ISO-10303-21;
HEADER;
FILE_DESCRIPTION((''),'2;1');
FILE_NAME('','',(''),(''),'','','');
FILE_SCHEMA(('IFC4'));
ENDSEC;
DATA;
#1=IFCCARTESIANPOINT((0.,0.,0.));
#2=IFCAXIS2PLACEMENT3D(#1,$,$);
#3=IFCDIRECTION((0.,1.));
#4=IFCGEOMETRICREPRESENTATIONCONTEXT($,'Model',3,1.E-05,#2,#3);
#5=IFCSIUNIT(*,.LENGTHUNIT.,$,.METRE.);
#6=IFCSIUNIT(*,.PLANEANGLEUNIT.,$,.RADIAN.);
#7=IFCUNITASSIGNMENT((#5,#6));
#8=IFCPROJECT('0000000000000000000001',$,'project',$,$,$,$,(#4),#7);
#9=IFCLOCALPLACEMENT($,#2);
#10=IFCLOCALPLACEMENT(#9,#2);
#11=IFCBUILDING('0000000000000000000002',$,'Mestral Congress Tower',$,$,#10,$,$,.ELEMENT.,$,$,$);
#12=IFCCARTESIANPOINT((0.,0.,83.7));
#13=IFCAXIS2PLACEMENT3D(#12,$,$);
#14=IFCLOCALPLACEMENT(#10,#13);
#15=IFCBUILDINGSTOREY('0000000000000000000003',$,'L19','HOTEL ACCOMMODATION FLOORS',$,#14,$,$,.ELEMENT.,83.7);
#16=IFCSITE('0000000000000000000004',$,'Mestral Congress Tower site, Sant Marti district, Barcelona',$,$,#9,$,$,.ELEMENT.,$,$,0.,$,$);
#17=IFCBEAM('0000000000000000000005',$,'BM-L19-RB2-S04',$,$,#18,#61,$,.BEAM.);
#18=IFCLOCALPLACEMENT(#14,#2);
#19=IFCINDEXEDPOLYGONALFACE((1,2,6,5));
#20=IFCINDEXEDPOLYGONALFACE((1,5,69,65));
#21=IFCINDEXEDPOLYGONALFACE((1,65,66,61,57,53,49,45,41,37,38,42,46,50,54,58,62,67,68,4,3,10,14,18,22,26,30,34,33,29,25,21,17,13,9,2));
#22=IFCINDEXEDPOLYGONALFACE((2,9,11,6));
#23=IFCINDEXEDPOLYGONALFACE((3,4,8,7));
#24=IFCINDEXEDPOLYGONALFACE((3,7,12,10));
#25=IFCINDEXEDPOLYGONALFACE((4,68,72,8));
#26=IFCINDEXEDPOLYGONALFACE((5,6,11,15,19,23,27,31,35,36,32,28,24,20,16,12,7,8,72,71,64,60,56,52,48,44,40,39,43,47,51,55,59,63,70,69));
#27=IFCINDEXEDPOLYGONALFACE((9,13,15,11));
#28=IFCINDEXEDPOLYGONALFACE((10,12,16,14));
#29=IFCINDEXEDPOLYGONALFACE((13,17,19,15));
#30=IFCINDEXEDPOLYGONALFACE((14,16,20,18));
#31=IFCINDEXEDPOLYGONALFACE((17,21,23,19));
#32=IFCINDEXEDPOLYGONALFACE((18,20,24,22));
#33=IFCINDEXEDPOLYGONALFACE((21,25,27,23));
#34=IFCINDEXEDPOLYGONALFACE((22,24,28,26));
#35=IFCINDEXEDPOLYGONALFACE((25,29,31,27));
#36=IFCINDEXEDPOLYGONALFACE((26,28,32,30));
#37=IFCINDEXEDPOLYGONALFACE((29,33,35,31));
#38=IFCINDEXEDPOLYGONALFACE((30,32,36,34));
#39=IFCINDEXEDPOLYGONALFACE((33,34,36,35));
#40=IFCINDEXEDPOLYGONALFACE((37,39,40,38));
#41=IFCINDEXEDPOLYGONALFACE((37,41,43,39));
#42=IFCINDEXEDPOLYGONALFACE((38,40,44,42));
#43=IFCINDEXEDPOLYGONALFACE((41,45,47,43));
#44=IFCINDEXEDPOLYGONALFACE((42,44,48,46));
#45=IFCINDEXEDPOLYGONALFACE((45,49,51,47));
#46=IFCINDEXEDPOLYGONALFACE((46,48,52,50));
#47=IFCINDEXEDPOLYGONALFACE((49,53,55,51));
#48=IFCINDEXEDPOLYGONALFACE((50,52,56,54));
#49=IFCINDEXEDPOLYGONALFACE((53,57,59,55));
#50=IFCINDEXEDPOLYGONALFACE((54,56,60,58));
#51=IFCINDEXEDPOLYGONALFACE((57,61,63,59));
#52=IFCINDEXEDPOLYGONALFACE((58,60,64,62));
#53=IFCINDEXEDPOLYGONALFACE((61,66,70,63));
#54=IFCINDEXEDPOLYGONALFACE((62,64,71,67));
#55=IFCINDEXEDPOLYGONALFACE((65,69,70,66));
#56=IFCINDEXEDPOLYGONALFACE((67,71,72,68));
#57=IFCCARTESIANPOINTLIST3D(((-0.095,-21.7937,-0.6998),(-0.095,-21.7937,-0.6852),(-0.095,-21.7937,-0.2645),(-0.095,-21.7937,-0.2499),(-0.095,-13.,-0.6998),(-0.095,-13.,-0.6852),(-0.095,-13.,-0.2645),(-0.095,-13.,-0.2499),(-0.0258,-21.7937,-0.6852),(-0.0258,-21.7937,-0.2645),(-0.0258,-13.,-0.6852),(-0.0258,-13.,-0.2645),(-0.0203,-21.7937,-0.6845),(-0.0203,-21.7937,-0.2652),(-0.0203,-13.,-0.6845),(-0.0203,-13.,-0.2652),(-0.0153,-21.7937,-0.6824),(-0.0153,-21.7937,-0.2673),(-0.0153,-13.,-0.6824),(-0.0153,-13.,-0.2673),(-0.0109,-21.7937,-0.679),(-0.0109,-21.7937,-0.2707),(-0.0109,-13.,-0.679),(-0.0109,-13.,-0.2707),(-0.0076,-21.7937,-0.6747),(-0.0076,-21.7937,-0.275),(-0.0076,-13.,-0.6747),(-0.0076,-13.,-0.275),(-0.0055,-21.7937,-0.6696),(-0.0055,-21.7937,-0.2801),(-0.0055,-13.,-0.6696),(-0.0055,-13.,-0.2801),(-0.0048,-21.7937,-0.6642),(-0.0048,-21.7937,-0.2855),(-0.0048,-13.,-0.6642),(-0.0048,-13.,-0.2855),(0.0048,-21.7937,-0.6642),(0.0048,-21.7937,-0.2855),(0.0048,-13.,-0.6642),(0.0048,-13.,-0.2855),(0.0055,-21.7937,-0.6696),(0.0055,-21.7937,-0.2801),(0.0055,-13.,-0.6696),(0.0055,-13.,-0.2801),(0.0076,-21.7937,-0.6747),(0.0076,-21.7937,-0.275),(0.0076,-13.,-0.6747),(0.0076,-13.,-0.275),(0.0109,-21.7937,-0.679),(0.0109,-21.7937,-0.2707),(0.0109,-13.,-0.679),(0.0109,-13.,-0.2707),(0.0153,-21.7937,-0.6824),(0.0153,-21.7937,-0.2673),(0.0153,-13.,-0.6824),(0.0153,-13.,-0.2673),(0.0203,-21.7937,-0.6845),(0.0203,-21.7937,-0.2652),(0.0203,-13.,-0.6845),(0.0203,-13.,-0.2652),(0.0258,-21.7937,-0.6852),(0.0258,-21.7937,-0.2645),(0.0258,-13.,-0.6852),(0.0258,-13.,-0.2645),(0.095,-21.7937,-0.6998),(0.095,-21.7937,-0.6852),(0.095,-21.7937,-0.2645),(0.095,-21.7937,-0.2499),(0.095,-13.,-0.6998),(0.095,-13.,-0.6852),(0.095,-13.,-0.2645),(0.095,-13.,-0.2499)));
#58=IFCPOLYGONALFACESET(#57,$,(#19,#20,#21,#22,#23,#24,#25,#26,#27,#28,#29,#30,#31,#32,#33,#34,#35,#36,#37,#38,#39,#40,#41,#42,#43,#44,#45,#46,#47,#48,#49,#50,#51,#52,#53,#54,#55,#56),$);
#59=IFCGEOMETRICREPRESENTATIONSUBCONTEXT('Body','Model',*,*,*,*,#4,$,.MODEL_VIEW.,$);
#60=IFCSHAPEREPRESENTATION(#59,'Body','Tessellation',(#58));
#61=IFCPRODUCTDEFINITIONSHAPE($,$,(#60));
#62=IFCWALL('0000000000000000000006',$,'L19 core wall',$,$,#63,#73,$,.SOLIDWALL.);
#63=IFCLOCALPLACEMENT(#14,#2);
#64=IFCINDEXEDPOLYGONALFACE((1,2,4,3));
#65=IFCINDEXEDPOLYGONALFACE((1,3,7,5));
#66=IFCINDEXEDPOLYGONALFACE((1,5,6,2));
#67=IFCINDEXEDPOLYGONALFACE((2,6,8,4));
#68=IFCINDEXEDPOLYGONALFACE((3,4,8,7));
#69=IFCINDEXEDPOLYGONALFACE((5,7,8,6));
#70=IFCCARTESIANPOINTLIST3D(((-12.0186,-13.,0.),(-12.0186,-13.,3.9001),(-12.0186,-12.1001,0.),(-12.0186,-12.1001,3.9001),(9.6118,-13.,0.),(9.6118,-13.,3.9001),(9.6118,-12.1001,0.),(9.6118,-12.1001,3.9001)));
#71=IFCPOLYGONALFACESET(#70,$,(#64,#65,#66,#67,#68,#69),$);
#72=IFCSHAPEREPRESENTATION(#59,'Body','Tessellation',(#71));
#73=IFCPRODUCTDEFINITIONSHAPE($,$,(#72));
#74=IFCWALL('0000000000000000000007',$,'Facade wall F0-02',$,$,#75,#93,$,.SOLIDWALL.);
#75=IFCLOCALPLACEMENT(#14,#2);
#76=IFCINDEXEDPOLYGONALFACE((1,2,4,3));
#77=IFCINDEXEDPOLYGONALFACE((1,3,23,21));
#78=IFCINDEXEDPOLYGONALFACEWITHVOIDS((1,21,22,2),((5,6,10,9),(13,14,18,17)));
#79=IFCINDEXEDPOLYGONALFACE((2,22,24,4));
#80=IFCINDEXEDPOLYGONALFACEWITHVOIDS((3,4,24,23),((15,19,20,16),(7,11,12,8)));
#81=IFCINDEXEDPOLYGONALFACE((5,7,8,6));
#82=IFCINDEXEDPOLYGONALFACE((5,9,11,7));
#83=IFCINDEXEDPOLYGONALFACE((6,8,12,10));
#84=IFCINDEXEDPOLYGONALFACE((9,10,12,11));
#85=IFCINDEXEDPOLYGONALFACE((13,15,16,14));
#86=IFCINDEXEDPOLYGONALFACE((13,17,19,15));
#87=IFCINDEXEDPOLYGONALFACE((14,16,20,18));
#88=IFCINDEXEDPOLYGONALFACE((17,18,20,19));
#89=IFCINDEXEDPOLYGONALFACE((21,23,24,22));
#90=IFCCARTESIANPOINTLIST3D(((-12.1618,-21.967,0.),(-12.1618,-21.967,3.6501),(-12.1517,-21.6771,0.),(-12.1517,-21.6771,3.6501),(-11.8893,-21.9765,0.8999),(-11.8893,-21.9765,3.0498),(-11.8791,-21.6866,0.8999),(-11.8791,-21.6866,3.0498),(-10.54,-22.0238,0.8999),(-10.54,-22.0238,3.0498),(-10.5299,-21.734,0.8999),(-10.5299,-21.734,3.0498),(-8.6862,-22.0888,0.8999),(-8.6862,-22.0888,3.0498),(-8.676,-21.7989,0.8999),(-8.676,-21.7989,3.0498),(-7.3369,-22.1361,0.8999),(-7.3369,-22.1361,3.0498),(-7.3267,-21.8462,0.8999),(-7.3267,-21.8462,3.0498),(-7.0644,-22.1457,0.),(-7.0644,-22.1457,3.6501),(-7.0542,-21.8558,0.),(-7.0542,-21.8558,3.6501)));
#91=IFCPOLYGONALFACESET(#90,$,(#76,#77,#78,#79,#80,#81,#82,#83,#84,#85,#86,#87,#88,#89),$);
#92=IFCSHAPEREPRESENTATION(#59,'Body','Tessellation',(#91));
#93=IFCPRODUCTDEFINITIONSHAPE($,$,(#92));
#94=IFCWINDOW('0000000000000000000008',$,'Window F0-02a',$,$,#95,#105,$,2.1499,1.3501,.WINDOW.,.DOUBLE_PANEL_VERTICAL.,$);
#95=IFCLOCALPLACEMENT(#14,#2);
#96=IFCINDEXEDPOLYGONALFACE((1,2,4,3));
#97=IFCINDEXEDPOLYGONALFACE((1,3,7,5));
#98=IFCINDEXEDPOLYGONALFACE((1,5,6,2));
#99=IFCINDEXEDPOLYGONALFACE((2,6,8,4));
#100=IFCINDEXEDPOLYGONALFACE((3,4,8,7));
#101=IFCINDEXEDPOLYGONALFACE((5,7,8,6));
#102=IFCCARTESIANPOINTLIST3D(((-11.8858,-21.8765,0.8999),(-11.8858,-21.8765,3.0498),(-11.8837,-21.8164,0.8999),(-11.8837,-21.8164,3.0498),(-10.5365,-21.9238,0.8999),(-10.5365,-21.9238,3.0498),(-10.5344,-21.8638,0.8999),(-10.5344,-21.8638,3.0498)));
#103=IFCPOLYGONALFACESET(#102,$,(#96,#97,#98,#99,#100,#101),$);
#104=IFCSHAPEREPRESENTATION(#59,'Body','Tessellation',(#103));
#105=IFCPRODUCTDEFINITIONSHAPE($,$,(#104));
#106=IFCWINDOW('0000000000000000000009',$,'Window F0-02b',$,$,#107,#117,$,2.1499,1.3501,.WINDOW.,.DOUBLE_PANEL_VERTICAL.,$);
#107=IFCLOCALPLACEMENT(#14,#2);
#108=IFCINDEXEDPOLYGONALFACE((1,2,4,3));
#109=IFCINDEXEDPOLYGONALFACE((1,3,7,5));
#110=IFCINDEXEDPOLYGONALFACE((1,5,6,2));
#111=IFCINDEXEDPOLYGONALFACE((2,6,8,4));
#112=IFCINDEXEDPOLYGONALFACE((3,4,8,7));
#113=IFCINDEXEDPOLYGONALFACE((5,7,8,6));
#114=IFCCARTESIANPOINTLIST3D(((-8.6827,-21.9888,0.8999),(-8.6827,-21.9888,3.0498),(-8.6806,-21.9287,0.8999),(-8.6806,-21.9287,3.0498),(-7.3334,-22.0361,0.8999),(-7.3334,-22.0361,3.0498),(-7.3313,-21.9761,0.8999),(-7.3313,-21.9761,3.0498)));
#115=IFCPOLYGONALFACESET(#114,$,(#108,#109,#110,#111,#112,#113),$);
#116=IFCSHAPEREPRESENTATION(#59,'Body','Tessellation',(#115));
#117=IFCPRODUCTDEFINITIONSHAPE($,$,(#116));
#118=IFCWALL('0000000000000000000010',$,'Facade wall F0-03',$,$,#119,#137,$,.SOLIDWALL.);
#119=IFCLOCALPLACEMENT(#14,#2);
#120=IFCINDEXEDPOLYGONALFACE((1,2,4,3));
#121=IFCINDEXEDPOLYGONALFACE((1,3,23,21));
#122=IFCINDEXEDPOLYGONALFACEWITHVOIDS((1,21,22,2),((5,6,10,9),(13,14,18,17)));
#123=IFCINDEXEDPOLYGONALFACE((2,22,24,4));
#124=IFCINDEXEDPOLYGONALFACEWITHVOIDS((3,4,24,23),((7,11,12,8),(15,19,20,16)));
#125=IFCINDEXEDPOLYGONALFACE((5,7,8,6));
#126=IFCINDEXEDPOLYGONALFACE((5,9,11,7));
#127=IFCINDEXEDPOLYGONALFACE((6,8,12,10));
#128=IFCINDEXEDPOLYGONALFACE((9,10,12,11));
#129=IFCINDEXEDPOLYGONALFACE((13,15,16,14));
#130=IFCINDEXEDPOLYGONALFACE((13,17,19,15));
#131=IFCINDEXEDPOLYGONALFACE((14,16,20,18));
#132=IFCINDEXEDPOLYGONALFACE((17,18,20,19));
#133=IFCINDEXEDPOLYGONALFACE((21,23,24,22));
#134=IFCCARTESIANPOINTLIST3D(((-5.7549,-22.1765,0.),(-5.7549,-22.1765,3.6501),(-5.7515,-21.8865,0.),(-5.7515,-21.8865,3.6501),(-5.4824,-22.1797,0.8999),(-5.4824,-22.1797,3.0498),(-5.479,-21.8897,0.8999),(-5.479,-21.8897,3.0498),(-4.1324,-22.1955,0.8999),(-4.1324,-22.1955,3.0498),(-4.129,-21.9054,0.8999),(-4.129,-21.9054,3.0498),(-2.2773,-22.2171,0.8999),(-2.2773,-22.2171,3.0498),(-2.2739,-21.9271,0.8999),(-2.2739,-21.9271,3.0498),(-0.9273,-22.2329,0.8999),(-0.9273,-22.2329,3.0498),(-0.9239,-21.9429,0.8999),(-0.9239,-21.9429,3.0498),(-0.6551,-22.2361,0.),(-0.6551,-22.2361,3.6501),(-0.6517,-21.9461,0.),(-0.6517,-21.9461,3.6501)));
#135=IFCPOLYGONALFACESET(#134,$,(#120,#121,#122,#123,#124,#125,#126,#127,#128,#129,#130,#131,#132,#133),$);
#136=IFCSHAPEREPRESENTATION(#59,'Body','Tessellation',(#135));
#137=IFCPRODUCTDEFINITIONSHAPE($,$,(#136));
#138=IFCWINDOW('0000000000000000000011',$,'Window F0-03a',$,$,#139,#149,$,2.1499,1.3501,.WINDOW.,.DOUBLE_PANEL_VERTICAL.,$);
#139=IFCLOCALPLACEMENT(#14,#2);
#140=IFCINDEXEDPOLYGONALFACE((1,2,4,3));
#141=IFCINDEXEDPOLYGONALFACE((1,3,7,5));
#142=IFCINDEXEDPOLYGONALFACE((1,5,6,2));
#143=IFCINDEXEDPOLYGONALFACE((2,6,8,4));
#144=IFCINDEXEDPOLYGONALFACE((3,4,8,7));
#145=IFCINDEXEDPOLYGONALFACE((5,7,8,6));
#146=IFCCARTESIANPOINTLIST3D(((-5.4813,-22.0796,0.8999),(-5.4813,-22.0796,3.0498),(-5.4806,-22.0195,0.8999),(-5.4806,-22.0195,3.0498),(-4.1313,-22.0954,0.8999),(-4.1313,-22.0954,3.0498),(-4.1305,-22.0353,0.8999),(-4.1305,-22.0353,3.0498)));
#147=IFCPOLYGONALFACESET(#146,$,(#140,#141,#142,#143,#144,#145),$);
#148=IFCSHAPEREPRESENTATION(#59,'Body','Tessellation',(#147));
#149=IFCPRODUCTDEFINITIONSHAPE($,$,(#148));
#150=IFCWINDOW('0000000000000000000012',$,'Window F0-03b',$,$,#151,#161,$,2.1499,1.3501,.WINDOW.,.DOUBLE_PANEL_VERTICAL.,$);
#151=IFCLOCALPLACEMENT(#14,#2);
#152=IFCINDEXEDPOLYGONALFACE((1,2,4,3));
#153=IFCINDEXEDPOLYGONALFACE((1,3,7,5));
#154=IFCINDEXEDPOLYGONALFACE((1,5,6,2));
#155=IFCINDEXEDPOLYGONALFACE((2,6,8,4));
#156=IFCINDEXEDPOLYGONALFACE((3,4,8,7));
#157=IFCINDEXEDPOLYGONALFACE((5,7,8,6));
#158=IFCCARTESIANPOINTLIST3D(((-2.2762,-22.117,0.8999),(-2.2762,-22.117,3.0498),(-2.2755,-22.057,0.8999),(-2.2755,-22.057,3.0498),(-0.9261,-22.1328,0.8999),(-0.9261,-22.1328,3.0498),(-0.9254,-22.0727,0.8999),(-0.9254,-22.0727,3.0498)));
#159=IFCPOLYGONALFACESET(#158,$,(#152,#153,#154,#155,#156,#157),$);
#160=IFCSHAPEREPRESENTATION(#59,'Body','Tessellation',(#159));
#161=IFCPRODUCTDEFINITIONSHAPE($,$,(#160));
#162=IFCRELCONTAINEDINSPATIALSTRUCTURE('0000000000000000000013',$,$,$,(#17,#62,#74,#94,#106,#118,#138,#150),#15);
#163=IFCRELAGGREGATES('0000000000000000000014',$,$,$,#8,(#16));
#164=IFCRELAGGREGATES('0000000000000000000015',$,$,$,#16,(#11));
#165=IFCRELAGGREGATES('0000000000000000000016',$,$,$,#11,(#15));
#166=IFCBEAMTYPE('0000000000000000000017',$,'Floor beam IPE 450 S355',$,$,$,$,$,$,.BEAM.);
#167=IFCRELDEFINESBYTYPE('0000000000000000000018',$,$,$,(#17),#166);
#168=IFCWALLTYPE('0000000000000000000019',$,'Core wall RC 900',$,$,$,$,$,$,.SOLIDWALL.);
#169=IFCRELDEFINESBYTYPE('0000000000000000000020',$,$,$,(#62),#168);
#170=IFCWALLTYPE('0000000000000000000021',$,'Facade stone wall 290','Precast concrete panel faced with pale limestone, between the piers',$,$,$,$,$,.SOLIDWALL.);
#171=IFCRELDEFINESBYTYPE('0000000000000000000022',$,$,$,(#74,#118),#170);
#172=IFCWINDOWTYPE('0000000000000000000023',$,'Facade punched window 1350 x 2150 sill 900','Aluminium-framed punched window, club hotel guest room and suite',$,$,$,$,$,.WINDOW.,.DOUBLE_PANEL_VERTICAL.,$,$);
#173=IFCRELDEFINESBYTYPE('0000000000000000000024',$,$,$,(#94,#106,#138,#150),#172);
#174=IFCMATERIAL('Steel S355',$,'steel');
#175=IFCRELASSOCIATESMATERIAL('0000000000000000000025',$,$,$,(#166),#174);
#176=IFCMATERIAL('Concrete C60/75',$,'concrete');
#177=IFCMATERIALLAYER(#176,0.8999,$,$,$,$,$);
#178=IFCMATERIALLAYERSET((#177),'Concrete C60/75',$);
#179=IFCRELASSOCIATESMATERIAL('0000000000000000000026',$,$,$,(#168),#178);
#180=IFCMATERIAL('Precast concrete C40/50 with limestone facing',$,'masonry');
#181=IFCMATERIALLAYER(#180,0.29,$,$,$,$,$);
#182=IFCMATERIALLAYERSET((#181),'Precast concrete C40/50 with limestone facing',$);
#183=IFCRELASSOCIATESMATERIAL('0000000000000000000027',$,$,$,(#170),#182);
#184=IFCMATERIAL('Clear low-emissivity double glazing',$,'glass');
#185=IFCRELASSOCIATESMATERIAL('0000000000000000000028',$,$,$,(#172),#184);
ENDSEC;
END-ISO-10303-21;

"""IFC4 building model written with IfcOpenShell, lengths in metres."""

from ifc_helpers import new_model, si_unit, direction, frame, frame_2d, origin, origin_2d, place, context, subcontext, project, spatial, rectangle, i_section, extrude, material, layer, layer_set, material_profile, profile_set, type_object, element, fill, save


model = new_model("IFC4")

# Units and contexts
model_context = context("Model", 3, precision=1e-05, world=origin(), true_north=direction((0.0, 1.0)))
body_context = subcontext(model_context, "Body", "Model", "MODEL_VIEW")
ifc_project = project(units=[si_unit("LENGTHUNIT", "METRE"), si_unit("PLANEANGLEUNIT", "RADIAN")], contexts=[model_context])

# Site, building, storey
site_placement = place(None, origin())
site = spatial("IfcSite", under=ifc_project, at=site_placement, Name="Mestral Congress Tower site, Sant Marti district, Barcelona", CompositionType="ELEMENT", RefElevation=0.0)
building_placement = place(site_placement, origin())
building = spatial("IfcBuilding", under=site, at=building_placement, Name="Mestral Congress Tower", CompositionType="ELEMENT")
storey_placement = place(building_placement, frame((0.0, 0.0, 83.7)))
storey = spatial("IfcBuildingStorey", under=building, at=storey_placement, Name="L19", Description="HOTEL ACCOMMODATION FLOORS", CompositionType="ELEMENT", Elevation=83.7)

# Beam
ifc_material_1 = material(Name="Steel S355", Category="steel")
ifc_material_profile_1 = material_profile(ifc_material_1, i_section(OverallWidth=0.1899, OverallDepth=0.45, WebThickness=0.0095, FlangeThickness=0.0146, FilletRadius=0.021, at=origin_2d()), Name="IPE 450")
ifc_profile_set_1 = profile_set([ifc_material_profile_1], Name="Steel S355")
beam_type = type_object("IfcBeamType", Name="Floor beam IPE 450 S355", PredefinedType="BEAM", material=ifc_profile_set_1)
beam_1_placement = place(storey_placement, frame((0.0, -21.7937, -0.4749), z_axis=(0.0, 1.0, 0.0), x_axis=(-1.0, 0.0, 0.0)))
element("IfcBeam", 1, at=beam_1_placement, inside=storey, type_object=beam_type, Name="BM-L19-RB2-S04", PredefinedType="BEAM", context=body_context, shape_type="SweptSolid", body=[
    extrude(i_section(OverallWidth=0.1899, OverallDepth=0.45, WebThickness=0.0095, FlangeThickness=0.0146, FilletRadius=0.021, at=origin_2d()), origin(), (0.0, 0.0, 1.0), 8.7937),
])

# Wall
ifc_material_2 = material(Name="Concrete C60/75", Category="concrete")
ifc_layer_1 = layer(ifc_material_2, 0.8999)
ifc_layer_set_1 = layer_set([ifc_layer_1], Name="Concrete C60/75")
wall_type_1 = type_object("IfcWallType", Name="Core wall RC 900", PredefinedType="SOLIDWALL", material=ifc_layer_set_1)
wall_1_placement = place(storey_placement, frame((-12.0186, -12.55, 0.0), z_axis=(0.0, 0.0, 1.0), x_axis=(1.0, 0.0, 0.0)))
element("IfcWall", 2, at=wall_1_placement, inside=storey, type_object=wall_type_1, Name="L19 core wall", PredefinedType="SOLIDWALL", context=body_context, shape_type="SweptSolid", body=[
    extrude(rectangle(XDim=21.6304, YDim=0.8999, at=frame_2d((10.8152, 0.0))), origin(), (0.0, 0.0, 1.0), 3.9001),
])

# Walls, openings, windows
ifc_material_3 = material(Name="Precast concrete C40/50 with limestone facing", Category="masonry")
ifc_layer_2 = layer(ifc_material_3, 0.29)
ifc_layer_set_2 = layer_set([ifc_layer_2], Name="Precast concrete C40/50 with limestone facing")
wall_type_2 = type_object("IfcWallType", Name="Facade stone wall 290", Description="Precast concrete panel faced with pale limestone, between the piers", PredefinedType="SOLIDWALL", material=ifc_layer_set_2)
wall_2_placement = place(storey_placement, frame((-12.1567, -21.822, 0.0), z_axis=(0.0, 0.0, 1.0), x_axis=(0.999386, -0.035038, 0.0)))
wall_2 = element("IfcWall", 3, at=wall_2_placement, inside=storey, type_object=wall_type_2, Name="Facade wall F0-02", PredefinedType="SOLIDWALL", context=body_context, shape_type="SweptSolid", body=[
    extrude(rectangle(XDim=5.1006, YDim=0.29, at=frame_2d((2.5503, 0.0))), origin(), (0.0, 0.0, 1.0), 3.6501),
])
opening_1_placement = place(wall_2_placement, frame((0.2727, 0.0, 0.8999)))
opening_1 = element("IfcOpeningElement", 4, at=opening_1_placement, cuts=wall_2, PredefinedType="OPENING", context=body_context, shape_type="SweptSolid", body=[
    extrude(rectangle(XDim=1.3501, YDim=2.1499, at=frame_2d((0.675, 1.075))), frame((0.0, 0.155, 0.0), z_axis=(0.0, -1.0, 0.0), x_axis=(1.0, 0.0, 0.0)), (0.0, 0.0, 1.0), 0.3101),
])
opening_2_placement = place(wall_2_placement, frame((3.4778, 0.0, 0.8999)))
opening_2 = element("IfcOpeningElement", 5, at=opening_2_placement, cuts=wall_2, PredefinedType="OPENING", context=body_context, shape_type="SweptSolid", body=[
    extrude(rectangle(XDim=1.3501, YDim=2.1499, at=frame_2d((0.675, 1.075))), frame((0.0, 0.155, 0.0), z_axis=(0.0, -1.0, 0.0), x_axis=(1.0, 0.0, 0.0)), (0.0, 0.0, 1.0), 0.3101),
])
ifc_material_4 = material(Name="Clear low-emissivity double glazing", Category="glass")
window_type = type_object("IfcWindowType", Name="Facade punched window 1350 x 2150 sill 900", Description="Aluminium-framed punched window, club hotel guest room and suite", PartitioningType="DOUBLE_PANEL_VERTICAL", PredefinedType="WINDOW", material=ifc_material_4)
window_1_placement = place(opening_1_placement, origin())
window_1 = element("IfcWindow", 6, at=window_1_placement, inside=storey, type_object=window_type, Name="Window F0-02a", OverallHeight=2.1499, OverallWidth=1.3501, PartitioningType="DOUBLE_PANEL_VERTICAL", PredefinedType="WINDOW", context=body_context, shape_type="SweptSolid", body=[
    extrude(rectangle(XDim=1.3501, YDim=2.1499, at=frame_2d((0.675, 1.075))), frame((0.0, 0.0151, 0.0), z_axis=(0.0, -1.0, 0.0), x_axis=(1.0, 0.0, 0.0)), (0.0, 0.0, 1.0), 0.0601),
])
fill(opening_1, window_1)
window_2_placement = place(opening_2_placement, origin())
window_2 = element("IfcWindow", 7, at=window_2_placement, inside=storey, type_object=window_type, Name="Window F0-02b", OverallHeight=2.1499, OverallWidth=1.3501, PartitioningType="DOUBLE_PANEL_VERTICAL", PredefinedType="WINDOW", context=body_context, shape_type="SweptSolid", body=[
    extrude(rectangle(XDim=1.3501, YDim=2.1499, at=frame_2d((0.675, 1.075))), frame((0.0, 0.0151, 0.0), z_axis=(0.0, -1.0, 0.0), x_axis=(1.0, 0.0, 0.0)), (0.0, 0.0, 1.0), 0.0601),
])
fill(opening_2, window_2)
wall_3_placement = place(storey_placement, frame((-5.7532, -22.0315, 0.0), z_axis=(0.0, 0.0, 1.0), x_axis=(0.999932, -0.01168, 0.0)))
wall_3 = element("IfcWall", 8, at=wall_3_placement, inside=storey, type_object=wall_type_2, Name="Facade wall F0-03", PredefinedType="SOLIDWALL", context=body_context, shape_type="SweptSolid", body=[
    extrude(rectangle(XDim=5.1001, YDim=0.29, at=frame_2d((2.55, 0.0))), origin(), (0.0, 0.0, 1.0), 3.6501),
])
opening_3_placement = place(wall_3_placement, frame((0.2725, 0.0, 0.8999)))
opening_3 = element("IfcOpeningElement", 9, at=opening_3_placement, cuts=wall_3, PredefinedType="OPENING", context=body_context, shape_type="SweptSolid", body=[
    extrude(rectangle(XDim=1.3501, YDim=2.1499, at=frame_2d((0.675, 1.075))), frame((0.0, 0.155, 0.0), z_axis=(0.0, -1.0, 0.0), x_axis=(1.0, 0.0, 0.0)), (0.0, 0.0, 1.0), 0.3101),
])
opening_4_placement = place(wall_3_placement, frame((3.4778, 0.0, 0.8999)))
opening_4 = element("IfcOpeningElement", 10, at=opening_4_placement, cuts=wall_3, PredefinedType="OPENING", context=body_context, shape_type="SweptSolid", body=[
    extrude(rectangle(XDim=1.3501, YDim=2.1499, at=frame_2d((0.675, 1.075))), frame((0.0, 0.155, 0.0), z_axis=(0.0, -1.0, 0.0), x_axis=(1.0, 0.0, 0.0)), (0.0, 0.0, 1.0), 0.3101),
])
window_3_placement = place(opening_3_placement, origin())
window_3 = element("IfcWindow", 11, at=window_3_placement, inside=storey, type_object=window_type, Name="Window F0-03a", OverallHeight=2.1499, OverallWidth=1.3501, PartitioningType="DOUBLE_PANEL_VERTICAL", PredefinedType="WINDOW", context=body_context, shape_type="SweptSolid", body=[
    extrude(rectangle(XDim=1.3501, YDim=2.1499, at=frame_2d((0.675, 1.075))), frame((0.0, 0.0151, 0.0), z_axis=(0.0, -1.0, 0.0), x_axis=(1.0, 0.0, 0.0)), (0.0, 0.0, 1.0), 0.0601),
])
fill(opening_3, window_3)
window_4_placement = place(opening_4_placement, origin())
window_4 = element("IfcWindow", 12, at=window_4_placement, inside=storey, type_object=window_type, Name="Window F0-03b", OverallHeight=2.1499, OverallWidth=1.3501, PartitioningType="DOUBLE_PANEL_VERTICAL", PredefinedType="WINDOW", context=body_context, shape_type="SweptSolid", body=[
    extrude(rectangle(XDim=1.3501, YDim=2.1499, at=frame_2d((0.675, 1.075))), frame((0.0, 0.0151, 0.0), z_axis=(0.0, -1.0, 0.0), x_axis=(1.0, 0.0, 0.0)), (0.0, 0.0, 1.0), 0.0601),
])
fill(opening_4, window_4)

save(model, "model.ifc")
